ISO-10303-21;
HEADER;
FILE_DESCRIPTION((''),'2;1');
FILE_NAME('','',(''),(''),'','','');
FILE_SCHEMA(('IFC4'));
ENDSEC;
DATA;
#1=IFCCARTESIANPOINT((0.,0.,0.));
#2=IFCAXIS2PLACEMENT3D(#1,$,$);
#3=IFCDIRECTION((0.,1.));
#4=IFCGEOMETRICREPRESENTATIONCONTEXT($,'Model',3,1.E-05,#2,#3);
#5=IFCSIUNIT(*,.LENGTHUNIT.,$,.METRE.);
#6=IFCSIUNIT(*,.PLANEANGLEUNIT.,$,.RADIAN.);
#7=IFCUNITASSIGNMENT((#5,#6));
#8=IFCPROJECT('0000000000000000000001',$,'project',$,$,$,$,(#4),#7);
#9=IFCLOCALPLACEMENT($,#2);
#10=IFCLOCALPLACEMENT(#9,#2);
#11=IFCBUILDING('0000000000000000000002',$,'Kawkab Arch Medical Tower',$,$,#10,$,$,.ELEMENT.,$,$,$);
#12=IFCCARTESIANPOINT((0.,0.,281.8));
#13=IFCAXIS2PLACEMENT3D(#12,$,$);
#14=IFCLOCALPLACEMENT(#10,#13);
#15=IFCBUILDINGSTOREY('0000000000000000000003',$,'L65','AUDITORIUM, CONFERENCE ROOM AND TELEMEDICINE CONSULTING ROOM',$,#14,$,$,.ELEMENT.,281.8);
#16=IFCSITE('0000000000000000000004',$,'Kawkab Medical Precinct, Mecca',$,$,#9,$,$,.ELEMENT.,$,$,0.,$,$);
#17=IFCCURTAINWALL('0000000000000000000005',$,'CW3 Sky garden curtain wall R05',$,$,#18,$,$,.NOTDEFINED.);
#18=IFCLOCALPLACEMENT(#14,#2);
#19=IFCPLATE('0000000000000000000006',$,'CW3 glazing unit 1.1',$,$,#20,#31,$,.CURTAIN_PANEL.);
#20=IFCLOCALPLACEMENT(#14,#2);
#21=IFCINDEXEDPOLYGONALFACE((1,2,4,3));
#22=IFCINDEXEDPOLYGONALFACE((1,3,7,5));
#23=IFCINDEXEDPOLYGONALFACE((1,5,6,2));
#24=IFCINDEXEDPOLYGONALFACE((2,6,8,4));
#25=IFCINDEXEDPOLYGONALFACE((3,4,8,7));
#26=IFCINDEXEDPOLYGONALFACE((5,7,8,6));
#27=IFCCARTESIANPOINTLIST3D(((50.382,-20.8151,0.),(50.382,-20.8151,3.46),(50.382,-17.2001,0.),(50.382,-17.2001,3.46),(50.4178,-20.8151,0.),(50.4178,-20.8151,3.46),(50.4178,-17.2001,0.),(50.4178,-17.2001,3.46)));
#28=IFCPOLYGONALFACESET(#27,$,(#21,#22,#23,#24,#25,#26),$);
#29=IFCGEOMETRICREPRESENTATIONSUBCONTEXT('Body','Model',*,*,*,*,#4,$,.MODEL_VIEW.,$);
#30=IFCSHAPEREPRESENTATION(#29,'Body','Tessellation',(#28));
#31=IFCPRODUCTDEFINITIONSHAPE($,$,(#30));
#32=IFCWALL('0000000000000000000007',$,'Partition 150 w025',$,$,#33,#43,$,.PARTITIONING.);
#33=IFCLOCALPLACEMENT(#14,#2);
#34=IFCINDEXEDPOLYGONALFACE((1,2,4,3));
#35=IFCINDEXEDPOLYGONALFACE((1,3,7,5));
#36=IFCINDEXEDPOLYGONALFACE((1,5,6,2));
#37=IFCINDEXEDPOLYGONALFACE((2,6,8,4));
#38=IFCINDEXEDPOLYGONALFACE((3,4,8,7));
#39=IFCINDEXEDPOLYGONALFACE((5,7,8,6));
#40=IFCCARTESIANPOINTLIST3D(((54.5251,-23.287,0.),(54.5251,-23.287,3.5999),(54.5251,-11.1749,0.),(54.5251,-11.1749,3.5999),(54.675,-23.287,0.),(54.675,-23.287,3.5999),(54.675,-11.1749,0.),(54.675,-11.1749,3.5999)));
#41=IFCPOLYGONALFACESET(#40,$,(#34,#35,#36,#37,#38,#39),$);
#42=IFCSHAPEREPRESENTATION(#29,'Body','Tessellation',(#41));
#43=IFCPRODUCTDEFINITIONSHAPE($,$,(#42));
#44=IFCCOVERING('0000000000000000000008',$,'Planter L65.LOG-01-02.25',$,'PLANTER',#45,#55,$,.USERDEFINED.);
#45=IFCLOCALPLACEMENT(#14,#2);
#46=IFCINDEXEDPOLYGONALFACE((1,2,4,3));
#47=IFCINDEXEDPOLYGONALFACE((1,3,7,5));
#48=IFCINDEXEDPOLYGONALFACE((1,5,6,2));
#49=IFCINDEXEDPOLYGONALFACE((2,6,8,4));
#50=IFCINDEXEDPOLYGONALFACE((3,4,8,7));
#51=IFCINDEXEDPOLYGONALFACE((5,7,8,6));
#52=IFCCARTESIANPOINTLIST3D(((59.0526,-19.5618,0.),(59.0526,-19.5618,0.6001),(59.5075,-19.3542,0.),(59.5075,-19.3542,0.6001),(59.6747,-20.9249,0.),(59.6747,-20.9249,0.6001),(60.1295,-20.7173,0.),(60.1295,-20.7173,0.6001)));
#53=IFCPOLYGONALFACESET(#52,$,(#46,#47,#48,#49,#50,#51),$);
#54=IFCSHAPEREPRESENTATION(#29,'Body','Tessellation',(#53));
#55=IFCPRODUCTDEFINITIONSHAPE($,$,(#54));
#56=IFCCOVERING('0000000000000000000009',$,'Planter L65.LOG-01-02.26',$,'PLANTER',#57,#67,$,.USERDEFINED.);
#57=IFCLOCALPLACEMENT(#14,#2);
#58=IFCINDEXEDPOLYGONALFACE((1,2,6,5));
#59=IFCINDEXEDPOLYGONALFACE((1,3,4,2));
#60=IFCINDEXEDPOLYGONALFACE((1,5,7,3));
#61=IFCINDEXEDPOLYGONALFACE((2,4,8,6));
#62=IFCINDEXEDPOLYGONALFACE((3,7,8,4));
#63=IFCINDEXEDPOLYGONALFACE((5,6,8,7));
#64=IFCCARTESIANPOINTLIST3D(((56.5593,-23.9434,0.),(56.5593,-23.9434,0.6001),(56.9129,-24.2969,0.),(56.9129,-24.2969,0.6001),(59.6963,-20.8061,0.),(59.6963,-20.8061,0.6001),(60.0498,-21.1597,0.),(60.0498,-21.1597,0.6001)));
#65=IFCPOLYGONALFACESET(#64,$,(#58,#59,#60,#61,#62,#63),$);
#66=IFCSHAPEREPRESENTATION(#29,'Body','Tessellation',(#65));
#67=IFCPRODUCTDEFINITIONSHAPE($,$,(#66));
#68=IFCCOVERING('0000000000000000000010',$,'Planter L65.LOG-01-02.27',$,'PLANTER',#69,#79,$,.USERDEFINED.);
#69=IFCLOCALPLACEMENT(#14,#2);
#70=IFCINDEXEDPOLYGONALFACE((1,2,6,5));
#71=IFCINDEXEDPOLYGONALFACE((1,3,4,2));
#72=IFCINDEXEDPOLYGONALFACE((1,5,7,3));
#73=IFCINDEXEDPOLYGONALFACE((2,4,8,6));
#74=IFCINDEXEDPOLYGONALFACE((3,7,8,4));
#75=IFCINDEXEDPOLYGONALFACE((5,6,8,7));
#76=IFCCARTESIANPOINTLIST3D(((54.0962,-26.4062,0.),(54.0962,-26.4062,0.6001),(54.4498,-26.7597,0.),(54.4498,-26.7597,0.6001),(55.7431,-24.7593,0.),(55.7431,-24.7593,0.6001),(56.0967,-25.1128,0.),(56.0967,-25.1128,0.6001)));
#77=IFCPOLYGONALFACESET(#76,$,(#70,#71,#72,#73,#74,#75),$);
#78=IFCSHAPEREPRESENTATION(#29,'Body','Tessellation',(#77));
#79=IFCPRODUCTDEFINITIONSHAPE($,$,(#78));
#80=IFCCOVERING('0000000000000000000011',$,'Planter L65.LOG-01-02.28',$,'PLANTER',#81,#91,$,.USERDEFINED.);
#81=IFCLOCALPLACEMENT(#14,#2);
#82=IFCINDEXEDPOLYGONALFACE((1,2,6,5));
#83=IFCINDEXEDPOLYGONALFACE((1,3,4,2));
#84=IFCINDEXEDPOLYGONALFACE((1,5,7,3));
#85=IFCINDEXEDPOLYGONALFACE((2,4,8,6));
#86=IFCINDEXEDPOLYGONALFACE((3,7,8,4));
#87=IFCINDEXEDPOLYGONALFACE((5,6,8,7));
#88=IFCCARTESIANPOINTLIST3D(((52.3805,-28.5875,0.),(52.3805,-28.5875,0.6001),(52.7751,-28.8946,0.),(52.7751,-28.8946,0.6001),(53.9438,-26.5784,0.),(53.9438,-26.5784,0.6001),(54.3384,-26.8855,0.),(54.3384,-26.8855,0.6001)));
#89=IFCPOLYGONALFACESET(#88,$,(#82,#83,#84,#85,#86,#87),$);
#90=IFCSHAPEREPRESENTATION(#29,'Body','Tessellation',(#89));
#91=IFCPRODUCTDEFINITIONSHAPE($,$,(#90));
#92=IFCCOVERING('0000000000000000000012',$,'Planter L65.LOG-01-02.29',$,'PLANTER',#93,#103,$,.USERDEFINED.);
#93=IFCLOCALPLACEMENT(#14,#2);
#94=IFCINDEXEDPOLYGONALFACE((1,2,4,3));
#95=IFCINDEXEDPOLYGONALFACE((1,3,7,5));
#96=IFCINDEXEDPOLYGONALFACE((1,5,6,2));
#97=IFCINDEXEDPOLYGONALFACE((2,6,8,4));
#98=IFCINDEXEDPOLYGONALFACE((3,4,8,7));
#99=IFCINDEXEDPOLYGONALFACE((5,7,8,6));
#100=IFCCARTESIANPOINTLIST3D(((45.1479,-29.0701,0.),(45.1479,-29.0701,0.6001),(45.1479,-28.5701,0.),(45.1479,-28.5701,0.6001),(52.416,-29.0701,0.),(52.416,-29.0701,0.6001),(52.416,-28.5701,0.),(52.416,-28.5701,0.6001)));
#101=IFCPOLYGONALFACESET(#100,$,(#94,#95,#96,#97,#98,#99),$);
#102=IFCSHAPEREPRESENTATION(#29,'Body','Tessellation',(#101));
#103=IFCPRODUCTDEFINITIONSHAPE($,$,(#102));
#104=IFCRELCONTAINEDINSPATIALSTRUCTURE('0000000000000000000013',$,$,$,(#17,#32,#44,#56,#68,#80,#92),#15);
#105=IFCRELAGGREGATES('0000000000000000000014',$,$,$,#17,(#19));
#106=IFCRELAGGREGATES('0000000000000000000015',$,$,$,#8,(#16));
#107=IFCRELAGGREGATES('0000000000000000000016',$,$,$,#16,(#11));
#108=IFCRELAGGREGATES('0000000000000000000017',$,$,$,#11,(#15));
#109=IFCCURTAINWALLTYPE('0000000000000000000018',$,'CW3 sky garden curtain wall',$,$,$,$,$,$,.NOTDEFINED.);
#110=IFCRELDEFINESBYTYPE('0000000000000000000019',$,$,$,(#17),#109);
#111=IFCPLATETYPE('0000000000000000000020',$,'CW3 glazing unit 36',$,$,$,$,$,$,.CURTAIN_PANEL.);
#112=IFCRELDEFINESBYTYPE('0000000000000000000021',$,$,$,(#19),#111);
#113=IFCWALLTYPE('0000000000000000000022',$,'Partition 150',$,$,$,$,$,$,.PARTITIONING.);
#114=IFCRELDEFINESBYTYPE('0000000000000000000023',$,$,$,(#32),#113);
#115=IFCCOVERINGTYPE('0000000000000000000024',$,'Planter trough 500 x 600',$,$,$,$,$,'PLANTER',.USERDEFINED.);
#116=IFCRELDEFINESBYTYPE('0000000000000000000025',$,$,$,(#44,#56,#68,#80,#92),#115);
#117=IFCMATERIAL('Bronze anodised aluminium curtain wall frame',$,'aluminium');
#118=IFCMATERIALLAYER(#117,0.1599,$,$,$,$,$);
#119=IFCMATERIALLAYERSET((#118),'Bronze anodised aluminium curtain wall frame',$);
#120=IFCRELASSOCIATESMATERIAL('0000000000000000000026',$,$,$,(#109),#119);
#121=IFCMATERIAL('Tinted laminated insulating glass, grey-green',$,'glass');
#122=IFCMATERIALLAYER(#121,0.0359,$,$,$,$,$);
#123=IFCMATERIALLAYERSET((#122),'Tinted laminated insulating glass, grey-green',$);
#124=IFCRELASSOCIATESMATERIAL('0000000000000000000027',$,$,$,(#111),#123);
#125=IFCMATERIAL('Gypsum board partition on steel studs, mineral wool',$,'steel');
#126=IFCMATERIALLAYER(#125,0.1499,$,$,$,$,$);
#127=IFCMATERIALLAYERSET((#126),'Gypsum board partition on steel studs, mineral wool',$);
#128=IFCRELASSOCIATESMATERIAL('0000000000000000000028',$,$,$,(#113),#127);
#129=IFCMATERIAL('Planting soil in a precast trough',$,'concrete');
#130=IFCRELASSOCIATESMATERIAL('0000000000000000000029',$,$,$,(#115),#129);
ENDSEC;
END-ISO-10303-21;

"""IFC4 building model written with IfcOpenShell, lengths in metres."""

from ifc_helpers import new_model, si_unit, direction, frame, frame_2d, origin, origin_2d, place, context, subcontext, project, spatial, rectangle, extrude, material, layer, layer_set, material_profile, profile_set, type_object, element, aggregate, save


model = new_model("IFC4")

# Units and contexts
model_context = context("Model", 3, precision=1e-05, world=origin(), true_north=direction((0.0, 1.0)))
body_context = subcontext(model_context, "Body", "Model", "MODEL_VIEW")
ifc_project = project(units=[si_unit("LENGTHUNIT", "METRE"), si_unit("PLANEANGLEUNIT", "RADIAN")], contexts=[model_context])

# Site, building, storey
site_placement = place(None, origin())
site = spatial("IfcSite", under=ifc_project, at=site_placement, Name="Kawkab Medical Precinct, Mecca", CompositionType="ELEMENT", RefElevation=0.0)
building_placement = place(site_placement, origin())
building = spatial("IfcBuilding", under=site, at=building_placement, Name="Kawkab Arch Medical Tower", CompositionType="ELEMENT")
storey_placement = place(building_placement, frame((0.0, 0.0, 281.8)))
storey = spatial("IfcBuildingStorey", under=building, at=storey_placement, Name="L65", Description="AUDITORIUM, CONFERENCE ROOM AND TELEMEDICINE CONSULTING ROOM", CompositionType="ELEMENT", Elevation=281.8)

# Shared definitions
placement = place(storey_placement, origin())

# Curtain wall
ifc_material_1 = material(Name="Bronze anodised aluminium curtain wall frame", Category="aluminium")
ifc_layer_1 = layer(ifc_material_1, 0.1599)
ifc_layer_set_1 = layer_set([ifc_layer_1], Name="Bronze anodised aluminium curtain wall frame")
curtain_wall_type_1 = type_object("IfcCurtainWallType", Name="CW3 sky garden curtain wall", PredefinedType="NOTDEFINED", material=ifc_layer_set_1)
curtain_wall_1 = element("IfcCurtainWall", 1, at=placement, inside=storey, type_object=curtain_wall_type_1, Name="CW3 Sky garden curtain wall R05", PredefinedType="NOTDEFINED")

# Plate
ifc_material_2 = material(Name="Tinted laminated insulating glass, grey-green", Category="glass")
ifc_layer_2 = layer(ifc_material_2, 0.0359)
ifc_layer_set_2 = layer_set([ifc_layer_2], Name="Tinted laminated insulating glass, grey-green")
plate_type_1 = type_object("IfcPlateType", Name="CW3 glazing unit 36", PredefinedType="CURTAIN_PANEL", material=ifc_layer_set_2)
plate_1_placement = place(storey_placement, frame((50.3999, -19.0076, 0.0), z_axis=(0.0, 0.0, 1.0), x_axis=(0.0, -1.0, 0.0)))
plate_1 = element("IfcPlate", 2, at=plate_1_placement, type_object=plate_type_1, Name="CW3 glazing unit 1.1", PredefinedType="CURTAIN_PANEL", context=body_context, shape_type="SweptSolid", body=[
    extrude(rectangle(XDim=3.615, YDim=0.0359, at=origin_2d()), origin(), (0.0, 0.0, 1.0), 3.46),
])
aggregate(curtain_wall_1, [plate_1])

# Wall
ifc_material_3 = material(Name="Gypsum board partition on steel studs, mineral wool", Category="steel")
ifc_layer_3 = layer(ifc_material_3, 0.1499)
ifc_layer_set_3 = layer_set([ifc_layer_3], Name="Gypsum board partition on steel studs, mineral wool")
wall_type = type_object("IfcWallType", Name="Partition 150", PredefinedType="PARTITIONING", material=ifc_layer_set_3)
wall_placement = place(storey_placement, frame((54.6001, -23.2871, 0.0), z_axis=(0.0, 0.0, 1.0), x_axis=(0.0, 1.0, 0.0)))
element("IfcWall", 3, at=wall_placement, inside=storey, type_object=wall_type, Name="Partition 150 w025", PredefinedType="PARTITIONING", context=body_context, shape_type="SweptSolid", body=[
    extrude(rectangle(XDim=12.1121, YDim=0.1499, at=frame_2d((6.0562, 0.0))), origin(), (0.0, 0.0, 1.0), 3.5999),
])

# Coverings
ifc_material_4 = material(Name="Planting soil in a precast trough", Category="concrete")
ifc_material_profile_1 = material_profile(ifc_material_4, rectangle(XDim=0.5, YDim=0.6001, at=origin_2d()), Name="Trough 500x600")
ifc_profile_set_1 = profile_set([ifc_material_profile_1], Name="Planting soil in a precast trough")
covering_type = type_object("IfcCoveringType", Name="Planter trough 500 x 600", ElementType="PLANTER", PredefinedType="USERDEFINED", material=ifc_profile_set_1)
covering_1_placement = place(storey_placement, frame((59.28, -19.458, 0.3), z_axis=(0.41519, -0.909735, 0.0), x_axis=(0.909735, 0.41519, 0.0)))
element("IfcCovering", 4, at=covering_1_placement, inside=storey, type_object=covering_type, Name="Planter L65.LOG-01-02.25", ObjectType="PLANTER", PredefinedType="USERDEFINED", context=body_context, shape_type="SweptSolid", body=[
    extrude(rectangle(XDim=0.5, YDim=0.6001, at=origin_2d()), origin(), (0.0, 0.0, 1.0), 1.4983),
])
covering_2_placement = place(storey_placement, frame((59.873, -20.9829, 0.3), z_axis=(-0.707079, -0.707134, 0.0), x_axis=(0.707134, -0.707079, 0.0)))
element("IfcCovering", 5, at=covering_2_placement, inside=storey, type_object=covering_type, Name="Planter L65.LOG-01-02.26", ObjectType="PLANTER", PredefinedType="USERDEFINED", context=body_context, shape_type="SweptSolid", body=[
    extrude(rectangle(XDim=0.5, YDim=0.6001, at=origin_2d()), origin(), (0.0, 0.0, 1.0), 4.4365),
])
covering_3_placement = place(storey_placement, frame((55.9199, -24.936, 0.3), z_axis=(-0.707107, -0.707107, 0.0), x_axis=(0.707107, -0.707107, 0.0)))
element("IfcCovering", 6, at=covering_3_placement, inside=storey, type_object=covering_type, Name="Planter L65.LOG-01-02.27", ObjectType="PLANTER", PredefinedType="USERDEFINED", context=body_context, shape_type="SweptSolid", body=[
    extrude(rectangle(XDim=0.5, YDim=0.6001, at=origin_2d()), origin(), (0.0, 0.0, 1.0), 2.3291),
])
covering_4_placement = place(storey_placement, frame((54.1411, -26.7319, 0.3), z_axis=(-0.6141, -0.789228, 0.0), x_axis=(0.789228, -0.6141, 0.0)))
element("IfcCovering", 7, at=covering_4_placement, inside=storey, type_object=covering_type, Name="Planter L65.LOG-01-02.28", ObjectType="PLANTER", PredefinedType="USERDEFINED", context=body_context, shape_type="SweptSolid", body=[
    extrude(rectangle(XDim=0.5, YDim=0.6001, at=origin_2d()), origin(), (0.0, 0.0, 1.0), 2.5457),
])
covering_5_placement = place(storey_placement, frame((52.416, -28.8201, 0.3), z_axis=(-1.0, 0.0, 0.0), x_axis=(0.0, -1.0, 0.0)))
element("IfcCovering", 8, at=covering_5_placement, inside=storey, type_object=covering_type, Name="Planter L65.LOG-01-02.29", ObjectType="PLANTER", PredefinedType="USERDEFINED", context=body_context, shape_type="SweptSolid", body=[
    extrude(rectangle(XDim=0.5, YDim=0.6001, at=origin_2d()), origin(), (0.0, 0.0, 1.0), 7.2681),
])

save(model, "model.ifc")
